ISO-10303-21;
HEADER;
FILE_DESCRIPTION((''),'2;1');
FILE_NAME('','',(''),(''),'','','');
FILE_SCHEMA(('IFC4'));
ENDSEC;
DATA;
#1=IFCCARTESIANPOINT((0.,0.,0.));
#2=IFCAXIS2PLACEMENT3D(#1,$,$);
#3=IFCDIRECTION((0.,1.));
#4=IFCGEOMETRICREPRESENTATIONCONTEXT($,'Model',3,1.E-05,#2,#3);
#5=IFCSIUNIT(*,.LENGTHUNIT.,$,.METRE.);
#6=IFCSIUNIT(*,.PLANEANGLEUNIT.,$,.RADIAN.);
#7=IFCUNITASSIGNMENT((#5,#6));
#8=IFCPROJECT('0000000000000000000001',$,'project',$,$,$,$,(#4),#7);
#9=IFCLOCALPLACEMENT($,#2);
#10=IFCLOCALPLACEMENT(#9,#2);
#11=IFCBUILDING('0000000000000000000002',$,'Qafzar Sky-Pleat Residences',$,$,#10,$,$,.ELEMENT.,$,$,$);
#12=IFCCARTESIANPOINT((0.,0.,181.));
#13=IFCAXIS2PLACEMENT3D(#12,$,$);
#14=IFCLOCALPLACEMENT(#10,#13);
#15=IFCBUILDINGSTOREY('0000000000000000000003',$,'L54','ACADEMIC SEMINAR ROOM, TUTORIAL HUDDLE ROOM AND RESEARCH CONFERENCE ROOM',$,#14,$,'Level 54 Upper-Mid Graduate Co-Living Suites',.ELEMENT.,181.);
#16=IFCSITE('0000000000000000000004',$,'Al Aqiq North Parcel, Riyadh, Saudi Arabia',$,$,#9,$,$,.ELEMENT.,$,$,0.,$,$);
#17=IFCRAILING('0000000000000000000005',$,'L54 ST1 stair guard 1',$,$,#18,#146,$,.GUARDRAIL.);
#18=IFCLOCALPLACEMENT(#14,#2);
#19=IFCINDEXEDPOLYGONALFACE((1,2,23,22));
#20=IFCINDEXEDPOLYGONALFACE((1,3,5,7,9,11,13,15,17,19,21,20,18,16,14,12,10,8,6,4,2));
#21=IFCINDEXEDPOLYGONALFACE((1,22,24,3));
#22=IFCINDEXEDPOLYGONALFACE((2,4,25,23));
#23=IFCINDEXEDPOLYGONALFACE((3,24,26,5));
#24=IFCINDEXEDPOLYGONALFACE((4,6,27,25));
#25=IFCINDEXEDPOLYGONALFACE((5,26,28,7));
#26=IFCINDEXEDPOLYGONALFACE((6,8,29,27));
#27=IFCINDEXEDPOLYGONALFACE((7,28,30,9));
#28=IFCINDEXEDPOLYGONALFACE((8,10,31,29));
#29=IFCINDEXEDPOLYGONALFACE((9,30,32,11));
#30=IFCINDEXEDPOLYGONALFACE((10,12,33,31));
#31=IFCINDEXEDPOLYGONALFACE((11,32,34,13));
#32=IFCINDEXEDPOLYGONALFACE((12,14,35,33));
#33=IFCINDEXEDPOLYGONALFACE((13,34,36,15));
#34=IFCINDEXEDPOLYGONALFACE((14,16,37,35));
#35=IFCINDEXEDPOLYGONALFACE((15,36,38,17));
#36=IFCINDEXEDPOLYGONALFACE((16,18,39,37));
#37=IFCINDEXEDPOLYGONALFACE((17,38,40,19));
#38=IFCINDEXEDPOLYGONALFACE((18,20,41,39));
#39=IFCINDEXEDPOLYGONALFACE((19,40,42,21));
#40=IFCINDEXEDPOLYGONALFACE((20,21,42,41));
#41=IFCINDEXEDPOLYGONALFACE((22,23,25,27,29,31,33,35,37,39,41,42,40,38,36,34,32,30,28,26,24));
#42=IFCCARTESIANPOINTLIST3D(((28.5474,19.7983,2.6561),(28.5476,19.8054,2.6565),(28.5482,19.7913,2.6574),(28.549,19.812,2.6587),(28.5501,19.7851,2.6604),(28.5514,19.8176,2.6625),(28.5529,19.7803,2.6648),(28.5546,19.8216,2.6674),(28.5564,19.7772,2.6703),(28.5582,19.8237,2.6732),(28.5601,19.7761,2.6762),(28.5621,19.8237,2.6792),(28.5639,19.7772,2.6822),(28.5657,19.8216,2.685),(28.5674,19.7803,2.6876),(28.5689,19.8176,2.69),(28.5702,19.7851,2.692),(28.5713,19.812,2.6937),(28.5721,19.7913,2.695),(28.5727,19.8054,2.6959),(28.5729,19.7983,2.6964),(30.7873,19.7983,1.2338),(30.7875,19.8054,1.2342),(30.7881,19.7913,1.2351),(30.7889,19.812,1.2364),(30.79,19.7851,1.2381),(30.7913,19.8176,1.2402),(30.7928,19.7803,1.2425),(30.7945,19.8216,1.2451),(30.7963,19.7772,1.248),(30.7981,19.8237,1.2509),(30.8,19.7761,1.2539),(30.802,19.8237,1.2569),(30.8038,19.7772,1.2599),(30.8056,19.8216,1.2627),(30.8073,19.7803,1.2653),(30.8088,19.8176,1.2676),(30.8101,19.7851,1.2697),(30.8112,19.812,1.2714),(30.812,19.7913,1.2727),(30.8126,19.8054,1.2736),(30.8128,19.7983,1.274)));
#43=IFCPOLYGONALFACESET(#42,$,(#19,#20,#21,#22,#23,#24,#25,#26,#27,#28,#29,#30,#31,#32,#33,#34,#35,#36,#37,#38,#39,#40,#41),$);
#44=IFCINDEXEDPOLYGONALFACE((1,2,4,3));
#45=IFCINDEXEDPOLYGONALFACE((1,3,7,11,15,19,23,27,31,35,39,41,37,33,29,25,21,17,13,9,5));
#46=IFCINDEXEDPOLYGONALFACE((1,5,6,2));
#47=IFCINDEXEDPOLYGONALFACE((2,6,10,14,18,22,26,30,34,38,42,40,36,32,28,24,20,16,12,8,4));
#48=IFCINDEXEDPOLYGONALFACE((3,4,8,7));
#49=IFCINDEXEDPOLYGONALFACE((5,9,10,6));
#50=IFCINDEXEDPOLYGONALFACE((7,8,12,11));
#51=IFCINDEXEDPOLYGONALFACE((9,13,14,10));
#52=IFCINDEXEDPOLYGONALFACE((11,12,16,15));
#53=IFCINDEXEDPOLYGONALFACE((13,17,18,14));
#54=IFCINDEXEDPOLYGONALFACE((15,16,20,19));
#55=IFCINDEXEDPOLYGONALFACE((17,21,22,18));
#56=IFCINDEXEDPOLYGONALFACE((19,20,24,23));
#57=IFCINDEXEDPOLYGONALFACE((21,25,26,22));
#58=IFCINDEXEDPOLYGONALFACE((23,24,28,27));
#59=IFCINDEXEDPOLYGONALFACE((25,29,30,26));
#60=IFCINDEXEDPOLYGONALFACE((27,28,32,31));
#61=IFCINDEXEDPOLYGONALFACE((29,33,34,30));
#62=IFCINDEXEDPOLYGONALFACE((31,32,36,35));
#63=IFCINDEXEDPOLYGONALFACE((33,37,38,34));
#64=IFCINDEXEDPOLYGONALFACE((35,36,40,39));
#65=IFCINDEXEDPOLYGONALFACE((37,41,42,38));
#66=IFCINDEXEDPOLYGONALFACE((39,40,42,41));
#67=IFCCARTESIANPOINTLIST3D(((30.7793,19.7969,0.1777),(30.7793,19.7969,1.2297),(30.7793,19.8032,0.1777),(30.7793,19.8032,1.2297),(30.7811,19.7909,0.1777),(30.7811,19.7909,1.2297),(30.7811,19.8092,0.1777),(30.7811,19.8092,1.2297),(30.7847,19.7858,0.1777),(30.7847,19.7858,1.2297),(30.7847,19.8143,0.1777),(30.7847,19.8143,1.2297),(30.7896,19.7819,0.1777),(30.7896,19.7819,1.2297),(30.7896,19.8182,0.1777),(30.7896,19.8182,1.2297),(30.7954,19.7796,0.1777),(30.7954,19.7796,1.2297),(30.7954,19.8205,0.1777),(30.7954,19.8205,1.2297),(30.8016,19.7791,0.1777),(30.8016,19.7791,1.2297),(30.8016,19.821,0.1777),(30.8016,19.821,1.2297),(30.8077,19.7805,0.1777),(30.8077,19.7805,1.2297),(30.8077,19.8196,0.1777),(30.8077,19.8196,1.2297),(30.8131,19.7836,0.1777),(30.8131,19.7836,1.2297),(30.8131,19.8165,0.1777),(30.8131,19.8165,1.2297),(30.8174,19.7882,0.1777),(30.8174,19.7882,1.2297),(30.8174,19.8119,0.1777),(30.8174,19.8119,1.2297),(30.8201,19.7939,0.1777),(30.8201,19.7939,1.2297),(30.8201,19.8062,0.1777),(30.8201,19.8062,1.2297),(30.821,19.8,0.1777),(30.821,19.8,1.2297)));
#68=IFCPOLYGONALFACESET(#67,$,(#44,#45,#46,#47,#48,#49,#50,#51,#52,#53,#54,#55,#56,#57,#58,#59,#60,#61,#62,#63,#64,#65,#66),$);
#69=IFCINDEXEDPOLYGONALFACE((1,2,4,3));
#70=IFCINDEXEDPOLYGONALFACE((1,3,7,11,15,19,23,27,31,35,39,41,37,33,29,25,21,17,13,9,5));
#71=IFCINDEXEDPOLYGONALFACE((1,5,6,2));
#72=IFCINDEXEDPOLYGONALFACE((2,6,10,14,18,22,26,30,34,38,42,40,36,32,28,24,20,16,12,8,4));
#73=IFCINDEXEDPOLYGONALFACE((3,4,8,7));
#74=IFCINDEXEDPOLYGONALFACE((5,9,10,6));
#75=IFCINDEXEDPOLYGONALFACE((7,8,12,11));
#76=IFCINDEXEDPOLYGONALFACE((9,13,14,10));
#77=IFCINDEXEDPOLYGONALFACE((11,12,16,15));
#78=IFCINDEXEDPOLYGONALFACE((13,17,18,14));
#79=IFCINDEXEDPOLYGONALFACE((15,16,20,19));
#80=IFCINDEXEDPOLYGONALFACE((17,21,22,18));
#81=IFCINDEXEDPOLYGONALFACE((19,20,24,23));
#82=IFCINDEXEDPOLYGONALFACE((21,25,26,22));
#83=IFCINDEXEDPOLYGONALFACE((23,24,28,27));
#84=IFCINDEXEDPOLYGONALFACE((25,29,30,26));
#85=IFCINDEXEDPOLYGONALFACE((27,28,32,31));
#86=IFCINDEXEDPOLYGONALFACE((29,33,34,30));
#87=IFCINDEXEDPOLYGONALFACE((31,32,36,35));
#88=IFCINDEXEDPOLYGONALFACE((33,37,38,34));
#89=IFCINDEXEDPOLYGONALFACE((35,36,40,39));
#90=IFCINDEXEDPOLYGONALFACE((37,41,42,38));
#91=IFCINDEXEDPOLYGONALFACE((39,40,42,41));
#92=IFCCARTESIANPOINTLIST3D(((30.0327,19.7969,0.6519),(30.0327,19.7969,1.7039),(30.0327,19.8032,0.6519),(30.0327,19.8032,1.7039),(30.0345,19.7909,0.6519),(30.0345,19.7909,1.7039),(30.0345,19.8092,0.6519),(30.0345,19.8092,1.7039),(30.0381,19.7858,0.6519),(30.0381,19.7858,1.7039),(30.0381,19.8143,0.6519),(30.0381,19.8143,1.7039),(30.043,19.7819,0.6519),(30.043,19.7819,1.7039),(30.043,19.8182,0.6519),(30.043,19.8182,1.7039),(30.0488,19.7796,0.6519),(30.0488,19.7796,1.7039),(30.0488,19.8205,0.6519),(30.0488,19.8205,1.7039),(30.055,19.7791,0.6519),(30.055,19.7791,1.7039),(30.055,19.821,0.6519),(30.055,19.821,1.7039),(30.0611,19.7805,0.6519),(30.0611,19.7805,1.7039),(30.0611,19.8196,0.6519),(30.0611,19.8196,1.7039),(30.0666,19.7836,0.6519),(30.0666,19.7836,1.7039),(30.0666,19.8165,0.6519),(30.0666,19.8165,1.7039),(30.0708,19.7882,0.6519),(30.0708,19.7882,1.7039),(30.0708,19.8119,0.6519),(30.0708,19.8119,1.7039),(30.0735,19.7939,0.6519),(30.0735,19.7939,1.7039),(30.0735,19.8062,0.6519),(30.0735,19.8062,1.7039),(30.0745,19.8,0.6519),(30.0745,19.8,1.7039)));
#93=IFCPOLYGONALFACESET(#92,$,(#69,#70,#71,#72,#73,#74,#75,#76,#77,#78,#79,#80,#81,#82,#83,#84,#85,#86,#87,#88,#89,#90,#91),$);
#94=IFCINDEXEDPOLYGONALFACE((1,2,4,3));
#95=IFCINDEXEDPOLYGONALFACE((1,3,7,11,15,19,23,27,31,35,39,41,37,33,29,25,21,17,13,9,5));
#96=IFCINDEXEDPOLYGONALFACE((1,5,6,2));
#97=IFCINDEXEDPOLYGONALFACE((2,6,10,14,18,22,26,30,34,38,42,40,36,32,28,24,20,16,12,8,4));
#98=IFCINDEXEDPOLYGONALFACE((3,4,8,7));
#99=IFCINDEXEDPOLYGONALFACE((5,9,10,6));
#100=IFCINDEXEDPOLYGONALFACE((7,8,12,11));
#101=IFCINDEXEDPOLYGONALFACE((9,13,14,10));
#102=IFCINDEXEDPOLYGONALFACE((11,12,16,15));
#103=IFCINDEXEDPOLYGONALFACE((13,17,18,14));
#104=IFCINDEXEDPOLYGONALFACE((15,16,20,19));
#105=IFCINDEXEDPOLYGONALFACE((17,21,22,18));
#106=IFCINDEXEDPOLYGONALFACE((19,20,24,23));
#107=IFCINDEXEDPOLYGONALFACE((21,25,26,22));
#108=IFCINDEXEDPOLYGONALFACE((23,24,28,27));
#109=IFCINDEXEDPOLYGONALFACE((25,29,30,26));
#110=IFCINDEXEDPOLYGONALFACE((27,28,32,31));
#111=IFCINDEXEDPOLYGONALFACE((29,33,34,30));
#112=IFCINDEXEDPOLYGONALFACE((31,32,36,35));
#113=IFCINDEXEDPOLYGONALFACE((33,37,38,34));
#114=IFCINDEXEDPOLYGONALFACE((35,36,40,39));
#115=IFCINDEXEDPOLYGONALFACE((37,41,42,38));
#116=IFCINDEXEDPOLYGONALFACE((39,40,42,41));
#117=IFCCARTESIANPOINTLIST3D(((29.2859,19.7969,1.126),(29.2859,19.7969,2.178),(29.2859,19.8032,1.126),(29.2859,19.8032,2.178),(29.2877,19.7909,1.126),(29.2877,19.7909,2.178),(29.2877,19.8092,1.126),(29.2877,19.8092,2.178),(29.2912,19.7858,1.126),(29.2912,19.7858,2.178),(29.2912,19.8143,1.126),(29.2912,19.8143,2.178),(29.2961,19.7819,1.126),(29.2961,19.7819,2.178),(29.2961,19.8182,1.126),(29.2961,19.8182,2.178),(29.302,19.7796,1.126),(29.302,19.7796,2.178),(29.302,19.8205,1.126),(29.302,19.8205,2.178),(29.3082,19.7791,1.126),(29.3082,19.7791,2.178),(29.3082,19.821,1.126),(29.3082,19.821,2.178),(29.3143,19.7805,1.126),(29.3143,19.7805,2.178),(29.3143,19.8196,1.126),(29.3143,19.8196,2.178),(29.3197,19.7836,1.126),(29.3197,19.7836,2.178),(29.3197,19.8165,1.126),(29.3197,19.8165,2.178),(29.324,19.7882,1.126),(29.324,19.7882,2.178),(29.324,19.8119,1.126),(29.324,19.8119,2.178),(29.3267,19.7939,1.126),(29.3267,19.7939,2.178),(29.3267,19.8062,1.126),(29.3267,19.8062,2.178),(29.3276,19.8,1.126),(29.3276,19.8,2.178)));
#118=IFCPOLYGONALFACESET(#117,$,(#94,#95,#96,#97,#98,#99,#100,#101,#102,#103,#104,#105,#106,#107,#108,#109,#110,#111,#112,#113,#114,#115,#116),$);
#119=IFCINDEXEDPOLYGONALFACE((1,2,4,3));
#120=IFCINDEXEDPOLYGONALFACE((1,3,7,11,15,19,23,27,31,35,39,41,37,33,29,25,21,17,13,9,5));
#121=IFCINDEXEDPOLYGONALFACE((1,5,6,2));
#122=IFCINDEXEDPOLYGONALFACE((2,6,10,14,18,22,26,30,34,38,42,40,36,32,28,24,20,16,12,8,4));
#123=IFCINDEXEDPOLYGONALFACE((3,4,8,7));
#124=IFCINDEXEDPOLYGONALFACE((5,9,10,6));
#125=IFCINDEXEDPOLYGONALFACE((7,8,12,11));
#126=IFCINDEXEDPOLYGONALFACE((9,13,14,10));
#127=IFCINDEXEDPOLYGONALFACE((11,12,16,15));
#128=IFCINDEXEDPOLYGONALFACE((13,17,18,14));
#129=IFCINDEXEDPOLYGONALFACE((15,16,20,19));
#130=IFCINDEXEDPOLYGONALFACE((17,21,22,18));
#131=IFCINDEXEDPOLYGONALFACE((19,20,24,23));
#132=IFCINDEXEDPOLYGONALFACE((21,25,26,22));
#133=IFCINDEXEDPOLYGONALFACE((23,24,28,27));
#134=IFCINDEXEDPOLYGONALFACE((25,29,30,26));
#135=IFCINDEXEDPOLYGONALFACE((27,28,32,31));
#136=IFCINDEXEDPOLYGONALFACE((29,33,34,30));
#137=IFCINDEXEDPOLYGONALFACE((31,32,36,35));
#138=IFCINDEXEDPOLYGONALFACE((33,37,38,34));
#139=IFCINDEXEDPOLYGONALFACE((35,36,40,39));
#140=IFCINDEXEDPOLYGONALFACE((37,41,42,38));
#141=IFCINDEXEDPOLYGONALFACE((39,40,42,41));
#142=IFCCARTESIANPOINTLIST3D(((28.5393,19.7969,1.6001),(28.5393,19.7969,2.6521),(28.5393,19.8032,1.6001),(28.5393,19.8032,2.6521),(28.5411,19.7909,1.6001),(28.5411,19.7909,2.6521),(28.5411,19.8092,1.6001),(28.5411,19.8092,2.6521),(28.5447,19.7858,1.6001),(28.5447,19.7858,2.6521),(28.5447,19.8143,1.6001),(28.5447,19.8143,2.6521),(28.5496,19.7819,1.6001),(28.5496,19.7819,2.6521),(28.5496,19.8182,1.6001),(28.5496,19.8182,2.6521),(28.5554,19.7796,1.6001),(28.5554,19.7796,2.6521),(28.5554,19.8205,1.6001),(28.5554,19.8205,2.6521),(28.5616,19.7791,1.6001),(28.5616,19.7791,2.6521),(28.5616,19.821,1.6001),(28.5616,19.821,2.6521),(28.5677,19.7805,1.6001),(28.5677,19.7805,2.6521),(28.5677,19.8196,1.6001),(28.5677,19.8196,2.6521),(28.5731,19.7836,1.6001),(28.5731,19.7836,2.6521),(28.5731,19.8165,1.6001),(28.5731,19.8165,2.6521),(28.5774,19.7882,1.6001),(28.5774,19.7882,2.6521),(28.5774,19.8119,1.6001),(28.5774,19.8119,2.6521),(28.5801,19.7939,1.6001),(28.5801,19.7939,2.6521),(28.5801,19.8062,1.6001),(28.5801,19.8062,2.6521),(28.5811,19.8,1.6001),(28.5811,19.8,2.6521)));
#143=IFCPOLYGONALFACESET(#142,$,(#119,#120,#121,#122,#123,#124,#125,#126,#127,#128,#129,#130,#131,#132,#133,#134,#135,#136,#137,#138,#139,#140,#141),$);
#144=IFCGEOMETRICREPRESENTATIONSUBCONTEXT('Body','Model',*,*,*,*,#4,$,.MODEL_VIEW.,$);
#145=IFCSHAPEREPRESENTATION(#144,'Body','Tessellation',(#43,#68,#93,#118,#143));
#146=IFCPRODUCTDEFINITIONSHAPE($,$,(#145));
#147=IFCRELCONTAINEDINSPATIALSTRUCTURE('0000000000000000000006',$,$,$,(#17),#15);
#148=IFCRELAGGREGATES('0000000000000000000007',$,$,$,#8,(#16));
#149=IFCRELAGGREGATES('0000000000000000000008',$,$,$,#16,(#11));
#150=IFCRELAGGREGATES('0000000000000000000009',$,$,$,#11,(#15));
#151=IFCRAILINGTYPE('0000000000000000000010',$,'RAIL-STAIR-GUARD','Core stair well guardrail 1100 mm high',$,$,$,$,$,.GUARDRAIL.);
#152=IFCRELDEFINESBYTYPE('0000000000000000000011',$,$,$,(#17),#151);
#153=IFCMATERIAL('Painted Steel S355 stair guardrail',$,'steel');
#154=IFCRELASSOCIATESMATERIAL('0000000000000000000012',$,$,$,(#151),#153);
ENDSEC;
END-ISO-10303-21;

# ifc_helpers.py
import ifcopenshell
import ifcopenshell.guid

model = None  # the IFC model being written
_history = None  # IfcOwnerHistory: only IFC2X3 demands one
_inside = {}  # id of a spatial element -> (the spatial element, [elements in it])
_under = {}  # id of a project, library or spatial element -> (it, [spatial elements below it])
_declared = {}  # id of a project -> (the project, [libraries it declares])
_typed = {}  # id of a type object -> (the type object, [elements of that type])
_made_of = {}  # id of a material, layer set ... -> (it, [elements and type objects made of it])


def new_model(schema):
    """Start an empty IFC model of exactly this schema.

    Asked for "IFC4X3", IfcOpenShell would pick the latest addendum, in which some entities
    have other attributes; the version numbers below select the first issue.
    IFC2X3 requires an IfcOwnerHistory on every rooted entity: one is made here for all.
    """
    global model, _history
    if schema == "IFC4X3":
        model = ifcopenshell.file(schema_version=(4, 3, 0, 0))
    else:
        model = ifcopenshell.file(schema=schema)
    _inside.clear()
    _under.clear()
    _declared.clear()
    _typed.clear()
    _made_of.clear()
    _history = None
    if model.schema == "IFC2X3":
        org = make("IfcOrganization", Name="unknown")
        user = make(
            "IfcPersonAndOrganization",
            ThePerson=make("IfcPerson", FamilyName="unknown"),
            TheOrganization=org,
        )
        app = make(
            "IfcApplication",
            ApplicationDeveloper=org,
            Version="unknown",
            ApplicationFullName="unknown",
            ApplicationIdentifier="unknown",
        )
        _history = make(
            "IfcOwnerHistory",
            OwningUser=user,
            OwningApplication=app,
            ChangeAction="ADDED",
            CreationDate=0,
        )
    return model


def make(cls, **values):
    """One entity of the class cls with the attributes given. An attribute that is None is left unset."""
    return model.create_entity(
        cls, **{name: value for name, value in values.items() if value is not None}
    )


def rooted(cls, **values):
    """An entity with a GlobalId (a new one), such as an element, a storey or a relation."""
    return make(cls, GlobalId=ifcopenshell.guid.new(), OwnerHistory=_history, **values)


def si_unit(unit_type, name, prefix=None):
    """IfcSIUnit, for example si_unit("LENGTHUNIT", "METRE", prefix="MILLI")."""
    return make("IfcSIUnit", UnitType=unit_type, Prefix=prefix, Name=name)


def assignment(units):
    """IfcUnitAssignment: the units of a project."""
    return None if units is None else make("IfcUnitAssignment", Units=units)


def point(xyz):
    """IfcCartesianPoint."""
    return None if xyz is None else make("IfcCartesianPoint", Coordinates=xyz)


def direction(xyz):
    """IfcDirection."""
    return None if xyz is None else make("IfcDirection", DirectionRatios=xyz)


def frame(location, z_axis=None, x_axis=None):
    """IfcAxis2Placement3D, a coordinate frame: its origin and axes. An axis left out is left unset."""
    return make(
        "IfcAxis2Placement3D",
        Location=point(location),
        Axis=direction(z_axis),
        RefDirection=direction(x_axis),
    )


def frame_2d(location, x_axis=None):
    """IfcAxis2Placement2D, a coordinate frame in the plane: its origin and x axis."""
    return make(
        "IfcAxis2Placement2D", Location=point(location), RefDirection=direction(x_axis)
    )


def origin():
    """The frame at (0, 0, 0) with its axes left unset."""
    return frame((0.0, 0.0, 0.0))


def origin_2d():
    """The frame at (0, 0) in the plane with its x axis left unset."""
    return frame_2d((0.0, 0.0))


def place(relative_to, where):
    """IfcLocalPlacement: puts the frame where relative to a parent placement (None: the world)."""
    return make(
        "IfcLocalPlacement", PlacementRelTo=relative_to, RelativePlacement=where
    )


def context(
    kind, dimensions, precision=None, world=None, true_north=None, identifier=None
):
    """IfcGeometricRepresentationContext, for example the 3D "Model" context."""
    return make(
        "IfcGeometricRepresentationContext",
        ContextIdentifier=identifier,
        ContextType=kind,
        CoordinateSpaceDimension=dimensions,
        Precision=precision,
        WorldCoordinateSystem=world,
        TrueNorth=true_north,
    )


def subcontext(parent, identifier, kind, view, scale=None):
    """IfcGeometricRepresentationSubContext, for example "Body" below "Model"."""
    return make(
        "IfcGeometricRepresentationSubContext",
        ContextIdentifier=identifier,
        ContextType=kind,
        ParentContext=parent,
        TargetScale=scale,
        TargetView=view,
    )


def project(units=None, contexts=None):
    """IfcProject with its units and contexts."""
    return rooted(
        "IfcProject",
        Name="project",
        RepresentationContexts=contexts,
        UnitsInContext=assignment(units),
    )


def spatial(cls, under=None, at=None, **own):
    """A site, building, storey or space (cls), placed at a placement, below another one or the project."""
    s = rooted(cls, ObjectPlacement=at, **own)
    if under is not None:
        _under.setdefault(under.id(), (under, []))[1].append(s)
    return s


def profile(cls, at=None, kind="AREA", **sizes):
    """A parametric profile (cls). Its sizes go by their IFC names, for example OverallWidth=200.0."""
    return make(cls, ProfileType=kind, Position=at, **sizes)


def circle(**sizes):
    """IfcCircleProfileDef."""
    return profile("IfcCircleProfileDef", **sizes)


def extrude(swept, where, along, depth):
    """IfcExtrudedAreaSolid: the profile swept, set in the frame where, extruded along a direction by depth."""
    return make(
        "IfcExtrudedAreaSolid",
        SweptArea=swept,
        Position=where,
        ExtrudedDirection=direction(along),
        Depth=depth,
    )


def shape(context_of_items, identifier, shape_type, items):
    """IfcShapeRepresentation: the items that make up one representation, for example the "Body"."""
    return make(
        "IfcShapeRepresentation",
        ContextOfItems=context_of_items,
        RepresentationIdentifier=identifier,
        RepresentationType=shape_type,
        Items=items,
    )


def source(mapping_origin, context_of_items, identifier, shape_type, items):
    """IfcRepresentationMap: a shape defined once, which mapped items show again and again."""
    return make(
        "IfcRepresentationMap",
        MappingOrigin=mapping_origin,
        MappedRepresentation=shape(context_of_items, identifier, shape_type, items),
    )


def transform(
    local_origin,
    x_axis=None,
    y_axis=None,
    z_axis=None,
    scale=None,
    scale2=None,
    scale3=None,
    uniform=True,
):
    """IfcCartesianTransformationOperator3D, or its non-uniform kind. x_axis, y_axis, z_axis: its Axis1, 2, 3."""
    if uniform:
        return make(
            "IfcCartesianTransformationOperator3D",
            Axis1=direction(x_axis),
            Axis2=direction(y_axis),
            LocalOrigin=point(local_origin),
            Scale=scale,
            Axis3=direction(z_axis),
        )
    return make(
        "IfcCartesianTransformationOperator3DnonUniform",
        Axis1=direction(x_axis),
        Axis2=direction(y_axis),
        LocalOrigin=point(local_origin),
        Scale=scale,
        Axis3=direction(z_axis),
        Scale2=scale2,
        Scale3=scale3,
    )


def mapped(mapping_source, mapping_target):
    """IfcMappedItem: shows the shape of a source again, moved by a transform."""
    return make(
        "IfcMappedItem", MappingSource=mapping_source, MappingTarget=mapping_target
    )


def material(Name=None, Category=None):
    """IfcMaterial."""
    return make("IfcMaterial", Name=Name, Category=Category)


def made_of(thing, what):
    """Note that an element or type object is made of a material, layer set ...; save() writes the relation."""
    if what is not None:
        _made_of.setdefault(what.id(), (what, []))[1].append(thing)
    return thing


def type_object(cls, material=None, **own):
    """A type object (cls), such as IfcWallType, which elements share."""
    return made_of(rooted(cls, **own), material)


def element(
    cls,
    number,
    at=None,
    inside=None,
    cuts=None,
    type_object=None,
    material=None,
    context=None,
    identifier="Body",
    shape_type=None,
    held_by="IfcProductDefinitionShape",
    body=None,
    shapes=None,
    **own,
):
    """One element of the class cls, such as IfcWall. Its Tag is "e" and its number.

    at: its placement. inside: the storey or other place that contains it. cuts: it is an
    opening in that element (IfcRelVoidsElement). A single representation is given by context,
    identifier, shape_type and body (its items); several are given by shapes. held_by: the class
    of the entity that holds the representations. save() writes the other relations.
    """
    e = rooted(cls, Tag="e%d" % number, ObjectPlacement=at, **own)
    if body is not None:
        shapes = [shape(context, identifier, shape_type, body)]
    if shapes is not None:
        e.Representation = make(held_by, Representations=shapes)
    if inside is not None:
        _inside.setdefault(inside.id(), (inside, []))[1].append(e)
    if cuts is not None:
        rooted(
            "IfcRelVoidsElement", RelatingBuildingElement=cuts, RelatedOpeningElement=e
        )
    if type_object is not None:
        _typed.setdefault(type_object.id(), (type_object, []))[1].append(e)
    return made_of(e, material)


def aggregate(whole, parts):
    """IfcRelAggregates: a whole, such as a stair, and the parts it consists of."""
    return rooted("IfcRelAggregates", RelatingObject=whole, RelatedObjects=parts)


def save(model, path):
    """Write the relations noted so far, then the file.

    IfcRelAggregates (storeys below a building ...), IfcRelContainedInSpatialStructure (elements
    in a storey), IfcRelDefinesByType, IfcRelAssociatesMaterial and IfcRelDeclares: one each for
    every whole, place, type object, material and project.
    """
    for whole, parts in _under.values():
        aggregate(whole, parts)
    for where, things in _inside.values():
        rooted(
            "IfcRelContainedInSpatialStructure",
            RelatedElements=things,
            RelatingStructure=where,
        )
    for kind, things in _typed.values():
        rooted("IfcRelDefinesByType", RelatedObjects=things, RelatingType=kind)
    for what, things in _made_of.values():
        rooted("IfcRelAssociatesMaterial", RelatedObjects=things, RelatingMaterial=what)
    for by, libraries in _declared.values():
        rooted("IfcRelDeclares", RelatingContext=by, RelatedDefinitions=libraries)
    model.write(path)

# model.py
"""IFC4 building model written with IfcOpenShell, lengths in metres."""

from ifc_helpers import new_model, si_unit, direction, frame, origin, origin_2d, place, context, subcontext, project, spatial, circle, extrude, source, transform, mapped, material, type_object, element, save


model = new_model("IFC4")

# Units and contexts
model_context = context("Model", 3, precision=1e-05, world=origin(), true_north=direction((0.0, 1.0)))
body_context = subcontext(model_context, "Body", "Model", "MODEL_VIEW")
ifc_project = project(units=[si_unit("LENGTHUNIT", "METRE"), si_unit("PLANEANGLEUNIT", "RADIAN")], contexts=[model_context])

# Site, building, storey
site_placement = place(None, origin())
site = spatial("IfcSite", under=ifc_project, at=site_placement, Name="Al Aqiq North Parcel, Riyadh, Saudi Arabia", CompositionType="ELEMENT", RefElevation=0.0)
building_placement = place(site_placement, origin())
building = spatial("IfcBuilding", under=site, at=building_placement, Name="Qafzar Sky-Pleat Residences", CompositionType="ELEMENT")
storey_placement = place(building_placement, frame((0.0, 0.0, 181.0)))
storey = spatial("IfcBuildingStorey", under=building, at=storey_placement, Name="L54", Description="ACADEMIC SEMINAR ROOM, TUTORIAL HUDDLE ROOM AND RESEARCH CONFERENCE ROOM", LongName="Level 54 Upper-Mid Graduate Co-Living Suites", CompositionType="ELEMENT", Elevation=181.0)

# Railing
ifc_material_1 = material(Name="Painted Steel S355 stair guardrail", Category="steel")
railing_type_1 = type_object("IfcRailingType", Name="RAIL-STAIR-GUARD", Description="Core stair well guardrail 1100 mm high", PredefinedType="GUARDRAIL", material=ifc_material_1)
shared_shape_1 = source(origin(), body_context, "Body", "SweptSolid", [
    extrude(circle(Radius=0.0239, at=origin_2d()), frame((0.0, 0.0, 1.0762), z_axis=(-0.844188, 0.0, 0.536048), x_axis=(0.0, -1.0, 0.0)), (0.0, 0.0, 1.0), 2.6533),
    extrude(circle(Radius=0.021, at=origin_2d()), origin(), (0.0, 0.0, 1.0), 1.052),
    extrude(circle(Radius=0.021, at=origin_2d()), frame((-0.7466, 0.0, 0.4741)), (0.0, 0.0, 1.0), 1.052),
    extrude(circle(Radius=0.021, at=origin_2d()), frame((-1.4934, 0.0, 0.9482)), (0.0, 0.0, 1.0), 1.052),
    extrude(circle(Radius=0.021, at=origin_2d()), frame((-2.24, 0.0, 1.4224)), (0.0, 0.0, 1.0), 1.052),
])
railing_1_placement = place(storey_placement, frame((30.8, 19.8, 0.1777)))
element("IfcRailing", 1, at=railing_1_placement, inside=storey, type_object=railing_type_1, Name="L54 ST1 stair guard 1", PredefinedType="GUARDRAIL", context=body_context, shape_type="MappedRepresentation", body=[
    mapped(shared_shape_1, transform((0.0, 0.0, 0.0), x_axis=(1.0, 0.0, 0.0), y_axis=(0.0, 1.0, 0.0), z_axis=(0.0, 0.0, 1.0), scale=1.0)),
])

save(model, "model.ifc")
